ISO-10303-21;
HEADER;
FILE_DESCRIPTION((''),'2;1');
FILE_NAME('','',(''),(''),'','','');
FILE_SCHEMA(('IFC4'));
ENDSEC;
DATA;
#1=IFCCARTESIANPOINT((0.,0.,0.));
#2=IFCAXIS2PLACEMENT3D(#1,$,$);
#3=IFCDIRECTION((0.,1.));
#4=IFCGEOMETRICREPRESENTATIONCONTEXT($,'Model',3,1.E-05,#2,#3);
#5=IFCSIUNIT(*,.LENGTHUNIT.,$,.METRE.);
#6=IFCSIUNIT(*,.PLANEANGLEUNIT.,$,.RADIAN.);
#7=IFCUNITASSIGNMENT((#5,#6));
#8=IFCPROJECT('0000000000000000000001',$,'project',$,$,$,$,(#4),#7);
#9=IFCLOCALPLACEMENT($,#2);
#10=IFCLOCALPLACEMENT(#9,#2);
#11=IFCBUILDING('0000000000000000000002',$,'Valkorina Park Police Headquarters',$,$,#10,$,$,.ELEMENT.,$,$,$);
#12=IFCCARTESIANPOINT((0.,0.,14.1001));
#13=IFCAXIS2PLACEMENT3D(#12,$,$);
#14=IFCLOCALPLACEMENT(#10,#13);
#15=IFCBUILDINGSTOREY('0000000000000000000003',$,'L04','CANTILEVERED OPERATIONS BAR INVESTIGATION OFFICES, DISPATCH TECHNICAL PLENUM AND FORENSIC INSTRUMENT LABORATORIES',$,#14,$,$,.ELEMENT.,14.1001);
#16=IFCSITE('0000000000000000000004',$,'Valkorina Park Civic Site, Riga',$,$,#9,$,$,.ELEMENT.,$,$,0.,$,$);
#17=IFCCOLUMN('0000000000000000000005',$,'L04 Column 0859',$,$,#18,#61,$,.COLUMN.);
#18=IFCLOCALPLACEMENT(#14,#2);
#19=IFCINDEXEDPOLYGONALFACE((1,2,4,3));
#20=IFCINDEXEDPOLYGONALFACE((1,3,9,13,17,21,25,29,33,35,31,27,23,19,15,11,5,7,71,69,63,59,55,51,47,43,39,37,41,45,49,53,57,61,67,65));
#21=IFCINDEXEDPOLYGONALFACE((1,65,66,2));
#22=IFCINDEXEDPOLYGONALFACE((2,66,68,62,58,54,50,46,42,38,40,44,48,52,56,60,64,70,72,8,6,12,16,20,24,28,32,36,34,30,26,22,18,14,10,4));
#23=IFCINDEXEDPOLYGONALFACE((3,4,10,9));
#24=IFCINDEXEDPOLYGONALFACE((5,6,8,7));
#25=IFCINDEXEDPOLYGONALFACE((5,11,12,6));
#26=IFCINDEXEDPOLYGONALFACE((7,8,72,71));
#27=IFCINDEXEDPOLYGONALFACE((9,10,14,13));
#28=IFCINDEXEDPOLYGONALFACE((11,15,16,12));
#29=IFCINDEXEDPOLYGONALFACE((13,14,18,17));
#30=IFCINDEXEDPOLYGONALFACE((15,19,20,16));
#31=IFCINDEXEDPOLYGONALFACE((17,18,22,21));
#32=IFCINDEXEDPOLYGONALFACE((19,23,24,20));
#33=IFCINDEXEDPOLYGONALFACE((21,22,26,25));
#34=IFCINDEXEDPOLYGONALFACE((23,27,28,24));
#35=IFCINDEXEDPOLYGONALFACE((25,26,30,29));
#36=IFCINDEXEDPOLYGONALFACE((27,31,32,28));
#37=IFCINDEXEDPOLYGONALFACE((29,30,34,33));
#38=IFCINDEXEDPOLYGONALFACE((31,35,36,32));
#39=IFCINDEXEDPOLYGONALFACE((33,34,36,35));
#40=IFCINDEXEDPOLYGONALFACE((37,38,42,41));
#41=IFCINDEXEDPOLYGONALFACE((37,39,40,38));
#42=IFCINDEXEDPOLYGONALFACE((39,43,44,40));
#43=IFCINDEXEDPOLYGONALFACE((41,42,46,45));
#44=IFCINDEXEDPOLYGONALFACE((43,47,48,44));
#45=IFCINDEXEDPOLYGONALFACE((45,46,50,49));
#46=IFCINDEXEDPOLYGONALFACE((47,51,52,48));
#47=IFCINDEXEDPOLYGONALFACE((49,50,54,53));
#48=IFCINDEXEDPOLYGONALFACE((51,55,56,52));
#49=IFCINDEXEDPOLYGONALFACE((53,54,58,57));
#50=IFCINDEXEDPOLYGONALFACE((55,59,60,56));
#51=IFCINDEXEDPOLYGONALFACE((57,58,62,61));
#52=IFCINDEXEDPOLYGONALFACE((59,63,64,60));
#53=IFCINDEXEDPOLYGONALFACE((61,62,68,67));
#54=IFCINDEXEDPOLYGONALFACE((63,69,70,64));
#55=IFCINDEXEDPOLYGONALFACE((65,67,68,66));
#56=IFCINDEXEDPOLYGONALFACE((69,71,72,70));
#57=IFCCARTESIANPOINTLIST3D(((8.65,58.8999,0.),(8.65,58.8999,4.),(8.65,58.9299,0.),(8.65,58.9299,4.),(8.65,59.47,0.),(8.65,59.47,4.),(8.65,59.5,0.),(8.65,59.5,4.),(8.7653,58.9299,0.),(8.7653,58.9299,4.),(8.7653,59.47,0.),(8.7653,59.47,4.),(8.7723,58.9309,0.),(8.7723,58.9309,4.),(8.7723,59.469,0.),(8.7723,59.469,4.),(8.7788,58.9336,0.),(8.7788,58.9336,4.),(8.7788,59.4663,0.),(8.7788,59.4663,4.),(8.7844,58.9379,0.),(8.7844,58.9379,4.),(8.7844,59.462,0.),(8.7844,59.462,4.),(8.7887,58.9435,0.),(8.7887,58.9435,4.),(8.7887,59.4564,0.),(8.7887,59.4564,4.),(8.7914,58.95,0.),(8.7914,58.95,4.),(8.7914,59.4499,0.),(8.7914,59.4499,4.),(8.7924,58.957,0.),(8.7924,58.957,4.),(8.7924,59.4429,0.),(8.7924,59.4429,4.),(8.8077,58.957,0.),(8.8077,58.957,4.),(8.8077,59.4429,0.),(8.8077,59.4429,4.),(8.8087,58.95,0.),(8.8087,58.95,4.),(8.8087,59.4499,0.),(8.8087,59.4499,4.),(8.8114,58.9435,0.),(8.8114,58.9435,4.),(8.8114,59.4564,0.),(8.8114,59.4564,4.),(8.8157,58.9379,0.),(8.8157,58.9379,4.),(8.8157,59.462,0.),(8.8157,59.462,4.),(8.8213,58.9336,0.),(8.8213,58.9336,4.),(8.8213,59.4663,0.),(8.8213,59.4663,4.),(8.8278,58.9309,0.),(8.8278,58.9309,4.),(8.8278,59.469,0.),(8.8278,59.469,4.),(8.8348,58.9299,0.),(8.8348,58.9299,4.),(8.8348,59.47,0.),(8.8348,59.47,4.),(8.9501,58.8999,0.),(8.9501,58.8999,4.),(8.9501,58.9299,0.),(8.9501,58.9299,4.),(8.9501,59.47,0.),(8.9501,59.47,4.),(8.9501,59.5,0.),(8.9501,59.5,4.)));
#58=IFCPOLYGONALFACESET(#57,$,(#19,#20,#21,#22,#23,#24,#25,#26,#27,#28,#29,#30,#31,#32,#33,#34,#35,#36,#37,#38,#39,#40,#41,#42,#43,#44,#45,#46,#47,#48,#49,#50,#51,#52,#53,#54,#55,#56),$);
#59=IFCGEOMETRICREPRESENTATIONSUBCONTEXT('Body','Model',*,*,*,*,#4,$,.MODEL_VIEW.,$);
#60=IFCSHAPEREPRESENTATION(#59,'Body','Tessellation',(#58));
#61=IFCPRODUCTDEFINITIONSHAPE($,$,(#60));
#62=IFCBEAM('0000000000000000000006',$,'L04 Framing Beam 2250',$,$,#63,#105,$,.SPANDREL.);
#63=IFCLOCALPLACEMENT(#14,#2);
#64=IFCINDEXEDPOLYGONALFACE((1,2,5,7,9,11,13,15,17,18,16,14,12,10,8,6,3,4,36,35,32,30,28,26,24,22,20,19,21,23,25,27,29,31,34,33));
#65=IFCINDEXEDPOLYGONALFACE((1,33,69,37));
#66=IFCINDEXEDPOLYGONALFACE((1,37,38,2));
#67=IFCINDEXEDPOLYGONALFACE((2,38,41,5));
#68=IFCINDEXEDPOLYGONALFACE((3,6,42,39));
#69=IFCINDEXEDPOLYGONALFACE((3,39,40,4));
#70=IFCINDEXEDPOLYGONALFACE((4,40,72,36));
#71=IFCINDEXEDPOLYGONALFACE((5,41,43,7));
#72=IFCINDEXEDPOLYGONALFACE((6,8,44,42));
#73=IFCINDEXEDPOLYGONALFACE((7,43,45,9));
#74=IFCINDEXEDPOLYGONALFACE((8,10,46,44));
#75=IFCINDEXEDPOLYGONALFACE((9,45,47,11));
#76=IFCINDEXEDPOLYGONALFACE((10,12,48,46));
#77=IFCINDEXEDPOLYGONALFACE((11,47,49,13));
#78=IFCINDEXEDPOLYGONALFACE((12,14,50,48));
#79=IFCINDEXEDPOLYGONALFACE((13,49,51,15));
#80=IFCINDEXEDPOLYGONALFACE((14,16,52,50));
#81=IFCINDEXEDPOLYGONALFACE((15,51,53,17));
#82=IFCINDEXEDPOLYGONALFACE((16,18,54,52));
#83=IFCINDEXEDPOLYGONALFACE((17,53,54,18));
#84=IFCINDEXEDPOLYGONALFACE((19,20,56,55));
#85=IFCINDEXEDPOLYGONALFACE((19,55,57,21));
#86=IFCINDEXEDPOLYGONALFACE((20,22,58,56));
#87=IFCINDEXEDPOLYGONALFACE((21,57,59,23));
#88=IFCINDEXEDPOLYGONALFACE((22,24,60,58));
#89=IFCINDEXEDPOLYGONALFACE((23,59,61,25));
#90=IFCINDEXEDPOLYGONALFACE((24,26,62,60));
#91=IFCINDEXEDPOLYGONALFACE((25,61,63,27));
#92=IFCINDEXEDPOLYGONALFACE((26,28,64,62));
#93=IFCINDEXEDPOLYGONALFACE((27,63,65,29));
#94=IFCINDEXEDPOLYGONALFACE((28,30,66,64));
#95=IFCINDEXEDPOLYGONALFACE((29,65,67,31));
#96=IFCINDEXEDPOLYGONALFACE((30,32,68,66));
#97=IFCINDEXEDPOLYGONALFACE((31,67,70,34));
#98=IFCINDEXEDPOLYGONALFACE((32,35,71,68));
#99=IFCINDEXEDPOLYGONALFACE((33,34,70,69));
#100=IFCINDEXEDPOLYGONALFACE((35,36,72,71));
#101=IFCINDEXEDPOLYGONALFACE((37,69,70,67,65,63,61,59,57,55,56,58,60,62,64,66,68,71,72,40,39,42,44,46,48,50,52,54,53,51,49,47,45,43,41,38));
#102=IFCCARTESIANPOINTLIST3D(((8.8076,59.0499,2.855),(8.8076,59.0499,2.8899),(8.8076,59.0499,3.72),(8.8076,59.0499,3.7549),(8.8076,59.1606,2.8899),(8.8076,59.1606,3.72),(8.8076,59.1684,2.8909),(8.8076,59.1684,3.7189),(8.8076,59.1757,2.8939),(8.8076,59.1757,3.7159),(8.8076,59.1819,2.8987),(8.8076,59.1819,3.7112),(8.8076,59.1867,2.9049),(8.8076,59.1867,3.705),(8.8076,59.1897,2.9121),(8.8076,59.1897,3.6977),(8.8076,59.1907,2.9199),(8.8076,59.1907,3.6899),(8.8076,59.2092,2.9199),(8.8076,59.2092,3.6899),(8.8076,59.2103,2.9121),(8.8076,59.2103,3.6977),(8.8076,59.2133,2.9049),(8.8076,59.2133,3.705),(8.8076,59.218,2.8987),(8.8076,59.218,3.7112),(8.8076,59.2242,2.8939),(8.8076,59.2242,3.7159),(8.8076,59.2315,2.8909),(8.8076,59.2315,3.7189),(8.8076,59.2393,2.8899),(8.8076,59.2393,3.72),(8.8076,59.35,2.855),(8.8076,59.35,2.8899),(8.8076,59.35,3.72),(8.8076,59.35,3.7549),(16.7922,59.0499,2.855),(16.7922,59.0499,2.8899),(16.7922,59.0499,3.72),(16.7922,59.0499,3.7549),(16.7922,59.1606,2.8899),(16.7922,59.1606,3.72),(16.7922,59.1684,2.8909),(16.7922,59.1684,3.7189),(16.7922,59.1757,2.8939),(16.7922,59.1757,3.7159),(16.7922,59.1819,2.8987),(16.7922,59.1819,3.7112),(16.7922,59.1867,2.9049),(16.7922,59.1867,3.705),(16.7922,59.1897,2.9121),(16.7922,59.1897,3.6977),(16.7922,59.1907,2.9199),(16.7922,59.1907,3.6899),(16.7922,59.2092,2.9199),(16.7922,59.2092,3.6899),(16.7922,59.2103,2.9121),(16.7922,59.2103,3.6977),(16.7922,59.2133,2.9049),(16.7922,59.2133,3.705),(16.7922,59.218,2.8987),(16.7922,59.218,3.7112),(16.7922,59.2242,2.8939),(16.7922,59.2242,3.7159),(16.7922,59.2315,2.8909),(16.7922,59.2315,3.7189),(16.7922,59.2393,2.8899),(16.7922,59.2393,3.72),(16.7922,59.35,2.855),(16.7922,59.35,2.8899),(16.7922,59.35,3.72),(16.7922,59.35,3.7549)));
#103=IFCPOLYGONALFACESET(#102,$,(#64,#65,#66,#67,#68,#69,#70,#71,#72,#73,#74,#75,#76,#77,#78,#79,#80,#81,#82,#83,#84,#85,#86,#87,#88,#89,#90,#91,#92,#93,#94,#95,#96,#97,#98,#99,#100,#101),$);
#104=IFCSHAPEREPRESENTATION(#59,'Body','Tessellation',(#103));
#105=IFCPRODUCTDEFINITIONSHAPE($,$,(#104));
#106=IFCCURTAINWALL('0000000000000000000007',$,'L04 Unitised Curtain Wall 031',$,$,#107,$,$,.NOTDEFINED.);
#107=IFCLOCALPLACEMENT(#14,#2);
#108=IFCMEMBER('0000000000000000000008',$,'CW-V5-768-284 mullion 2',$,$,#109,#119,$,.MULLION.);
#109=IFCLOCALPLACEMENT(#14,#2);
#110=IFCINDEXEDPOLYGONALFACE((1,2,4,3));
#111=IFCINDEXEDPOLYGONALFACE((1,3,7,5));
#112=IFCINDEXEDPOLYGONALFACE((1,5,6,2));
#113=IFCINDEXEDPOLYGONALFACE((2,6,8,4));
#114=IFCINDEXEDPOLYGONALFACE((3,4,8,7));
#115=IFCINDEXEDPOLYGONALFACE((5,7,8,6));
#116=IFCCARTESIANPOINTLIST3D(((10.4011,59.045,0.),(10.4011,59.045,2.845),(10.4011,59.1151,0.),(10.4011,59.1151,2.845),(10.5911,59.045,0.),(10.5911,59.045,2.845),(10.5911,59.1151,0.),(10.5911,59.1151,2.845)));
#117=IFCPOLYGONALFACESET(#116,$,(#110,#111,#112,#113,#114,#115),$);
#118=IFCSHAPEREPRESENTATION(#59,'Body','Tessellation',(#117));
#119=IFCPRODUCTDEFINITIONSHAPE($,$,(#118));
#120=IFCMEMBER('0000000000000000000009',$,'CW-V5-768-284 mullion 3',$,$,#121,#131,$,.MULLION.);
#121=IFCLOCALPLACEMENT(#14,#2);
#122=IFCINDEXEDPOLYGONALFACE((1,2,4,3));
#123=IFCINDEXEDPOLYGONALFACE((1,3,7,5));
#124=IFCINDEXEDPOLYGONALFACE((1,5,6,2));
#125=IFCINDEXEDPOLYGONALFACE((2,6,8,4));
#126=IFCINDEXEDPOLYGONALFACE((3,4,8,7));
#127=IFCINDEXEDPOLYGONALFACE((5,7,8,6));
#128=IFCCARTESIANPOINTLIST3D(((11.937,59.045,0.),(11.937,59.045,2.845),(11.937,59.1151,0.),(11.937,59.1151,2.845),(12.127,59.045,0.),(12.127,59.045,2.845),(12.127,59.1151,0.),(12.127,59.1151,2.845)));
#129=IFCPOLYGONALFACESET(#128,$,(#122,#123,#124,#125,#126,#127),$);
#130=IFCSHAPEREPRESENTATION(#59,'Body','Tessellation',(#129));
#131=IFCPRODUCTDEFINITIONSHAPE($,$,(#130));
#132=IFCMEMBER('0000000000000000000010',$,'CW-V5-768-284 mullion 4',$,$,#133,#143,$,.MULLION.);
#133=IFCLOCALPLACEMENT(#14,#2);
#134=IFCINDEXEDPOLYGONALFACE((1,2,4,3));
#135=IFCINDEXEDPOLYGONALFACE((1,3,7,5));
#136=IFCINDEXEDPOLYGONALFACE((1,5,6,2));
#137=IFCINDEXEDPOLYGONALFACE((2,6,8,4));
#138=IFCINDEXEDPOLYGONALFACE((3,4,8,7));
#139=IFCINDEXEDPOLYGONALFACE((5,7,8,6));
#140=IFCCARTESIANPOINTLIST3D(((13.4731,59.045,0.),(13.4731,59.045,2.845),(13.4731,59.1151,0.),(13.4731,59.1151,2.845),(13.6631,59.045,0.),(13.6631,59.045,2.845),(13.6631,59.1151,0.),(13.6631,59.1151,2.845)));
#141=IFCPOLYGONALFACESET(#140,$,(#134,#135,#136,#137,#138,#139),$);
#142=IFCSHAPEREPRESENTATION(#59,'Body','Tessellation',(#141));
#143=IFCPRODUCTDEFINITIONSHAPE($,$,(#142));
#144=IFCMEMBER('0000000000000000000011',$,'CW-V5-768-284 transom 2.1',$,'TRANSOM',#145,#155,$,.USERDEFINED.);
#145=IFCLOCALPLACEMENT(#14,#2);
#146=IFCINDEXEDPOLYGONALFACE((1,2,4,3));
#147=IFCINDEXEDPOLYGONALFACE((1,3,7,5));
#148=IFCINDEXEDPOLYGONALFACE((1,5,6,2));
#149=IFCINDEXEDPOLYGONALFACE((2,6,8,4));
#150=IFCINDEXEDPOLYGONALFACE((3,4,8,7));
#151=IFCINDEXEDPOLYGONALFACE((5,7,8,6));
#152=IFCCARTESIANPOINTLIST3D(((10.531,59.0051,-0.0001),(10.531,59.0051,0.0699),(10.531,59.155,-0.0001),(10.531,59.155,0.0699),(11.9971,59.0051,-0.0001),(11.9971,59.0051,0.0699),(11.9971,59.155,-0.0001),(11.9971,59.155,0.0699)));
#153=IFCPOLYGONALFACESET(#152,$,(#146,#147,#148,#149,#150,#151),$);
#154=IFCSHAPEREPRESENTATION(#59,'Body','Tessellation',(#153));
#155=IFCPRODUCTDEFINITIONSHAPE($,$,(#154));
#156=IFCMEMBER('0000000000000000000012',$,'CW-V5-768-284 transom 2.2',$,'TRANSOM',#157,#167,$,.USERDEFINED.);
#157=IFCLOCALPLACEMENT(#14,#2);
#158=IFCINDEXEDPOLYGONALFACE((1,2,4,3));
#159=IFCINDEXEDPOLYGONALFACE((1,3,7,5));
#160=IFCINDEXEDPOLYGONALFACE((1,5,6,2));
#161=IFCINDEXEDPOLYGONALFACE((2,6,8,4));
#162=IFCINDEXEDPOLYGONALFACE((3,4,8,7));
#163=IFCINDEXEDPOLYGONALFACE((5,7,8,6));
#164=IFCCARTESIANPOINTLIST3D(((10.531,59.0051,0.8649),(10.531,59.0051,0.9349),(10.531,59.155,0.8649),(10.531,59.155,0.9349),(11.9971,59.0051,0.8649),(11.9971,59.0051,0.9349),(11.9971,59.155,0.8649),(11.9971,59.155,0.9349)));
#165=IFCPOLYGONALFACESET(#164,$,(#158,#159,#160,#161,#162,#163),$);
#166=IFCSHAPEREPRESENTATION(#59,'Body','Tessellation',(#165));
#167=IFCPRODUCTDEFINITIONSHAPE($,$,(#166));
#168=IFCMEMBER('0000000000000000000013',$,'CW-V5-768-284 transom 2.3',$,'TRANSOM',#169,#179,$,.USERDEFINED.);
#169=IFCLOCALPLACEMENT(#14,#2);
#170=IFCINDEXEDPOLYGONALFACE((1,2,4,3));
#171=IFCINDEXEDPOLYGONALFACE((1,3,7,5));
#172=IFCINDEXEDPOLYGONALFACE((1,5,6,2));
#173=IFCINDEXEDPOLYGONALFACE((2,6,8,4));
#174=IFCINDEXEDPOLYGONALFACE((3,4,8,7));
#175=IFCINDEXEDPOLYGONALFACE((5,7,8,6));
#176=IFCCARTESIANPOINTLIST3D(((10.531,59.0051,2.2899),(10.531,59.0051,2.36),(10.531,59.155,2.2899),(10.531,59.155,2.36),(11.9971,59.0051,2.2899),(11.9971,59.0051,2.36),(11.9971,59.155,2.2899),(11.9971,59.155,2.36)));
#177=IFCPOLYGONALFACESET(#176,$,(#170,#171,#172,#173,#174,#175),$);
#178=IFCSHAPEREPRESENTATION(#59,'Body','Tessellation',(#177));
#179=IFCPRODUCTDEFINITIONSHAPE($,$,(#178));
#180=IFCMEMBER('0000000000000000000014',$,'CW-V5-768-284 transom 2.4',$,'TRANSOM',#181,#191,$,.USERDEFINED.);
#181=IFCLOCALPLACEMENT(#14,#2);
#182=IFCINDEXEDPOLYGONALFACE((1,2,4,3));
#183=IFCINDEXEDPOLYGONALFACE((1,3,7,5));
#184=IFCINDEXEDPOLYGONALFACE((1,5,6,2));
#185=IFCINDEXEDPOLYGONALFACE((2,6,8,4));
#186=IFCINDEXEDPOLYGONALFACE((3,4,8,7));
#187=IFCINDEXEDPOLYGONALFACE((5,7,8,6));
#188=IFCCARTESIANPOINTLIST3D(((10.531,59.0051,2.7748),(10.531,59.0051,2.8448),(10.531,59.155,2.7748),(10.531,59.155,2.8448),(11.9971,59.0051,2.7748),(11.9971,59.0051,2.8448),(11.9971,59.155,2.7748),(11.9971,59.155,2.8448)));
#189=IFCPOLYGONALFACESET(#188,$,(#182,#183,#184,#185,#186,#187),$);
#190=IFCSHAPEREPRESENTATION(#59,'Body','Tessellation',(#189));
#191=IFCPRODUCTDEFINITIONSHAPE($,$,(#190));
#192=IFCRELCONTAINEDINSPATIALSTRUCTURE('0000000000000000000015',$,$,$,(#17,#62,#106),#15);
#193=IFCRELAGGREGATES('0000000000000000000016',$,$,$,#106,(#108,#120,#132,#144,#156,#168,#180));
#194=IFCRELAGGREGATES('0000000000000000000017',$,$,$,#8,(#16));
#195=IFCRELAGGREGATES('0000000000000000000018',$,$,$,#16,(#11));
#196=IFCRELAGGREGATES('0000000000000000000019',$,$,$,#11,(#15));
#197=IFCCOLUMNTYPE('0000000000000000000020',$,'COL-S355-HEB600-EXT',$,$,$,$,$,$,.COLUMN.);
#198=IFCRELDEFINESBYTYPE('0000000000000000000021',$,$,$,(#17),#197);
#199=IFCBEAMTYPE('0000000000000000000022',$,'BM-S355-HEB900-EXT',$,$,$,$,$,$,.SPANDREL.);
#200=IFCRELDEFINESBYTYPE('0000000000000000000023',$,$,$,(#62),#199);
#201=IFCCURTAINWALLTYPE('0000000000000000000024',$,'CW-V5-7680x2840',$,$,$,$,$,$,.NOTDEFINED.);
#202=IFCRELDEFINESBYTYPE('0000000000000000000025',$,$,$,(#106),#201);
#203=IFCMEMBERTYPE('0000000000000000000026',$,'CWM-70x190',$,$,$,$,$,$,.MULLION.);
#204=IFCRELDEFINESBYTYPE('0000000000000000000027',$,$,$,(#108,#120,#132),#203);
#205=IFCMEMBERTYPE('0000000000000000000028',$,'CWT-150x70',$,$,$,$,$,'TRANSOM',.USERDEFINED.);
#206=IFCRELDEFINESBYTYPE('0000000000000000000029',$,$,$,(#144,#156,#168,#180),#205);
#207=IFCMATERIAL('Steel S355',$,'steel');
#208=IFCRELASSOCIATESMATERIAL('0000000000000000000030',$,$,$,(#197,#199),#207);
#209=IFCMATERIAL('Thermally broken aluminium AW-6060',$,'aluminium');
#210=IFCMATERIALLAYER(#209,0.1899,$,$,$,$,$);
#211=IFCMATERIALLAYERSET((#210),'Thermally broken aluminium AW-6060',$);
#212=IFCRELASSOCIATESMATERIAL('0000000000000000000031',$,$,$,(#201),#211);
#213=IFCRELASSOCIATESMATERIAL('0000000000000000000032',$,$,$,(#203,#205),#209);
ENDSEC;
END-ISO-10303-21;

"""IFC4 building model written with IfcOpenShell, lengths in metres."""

from ifc_helpers import new_model, si_unit, direction, frame, origin, origin_2d, place, context, subcontext, project, spatial, rectangle, i_section, extrude, material, layer, layer_set, material_profile, profile_set, type_object, element, aggregate, save


model = new_model("IFC4")

# Units and contexts
model_context = context("Model", 3, precision=1e-05, world=origin(), true_north=direction((0.0, 1.0)))
body_context = subcontext(model_context, "Body", "Model", "MODEL_VIEW")
ifc_project = project(units=[si_unit("LENGTHUNIT", "METRE"), si_unit("PLANEANGLEUNIT", "RADIAN")], contexts=[model_context])

# Site, building, storey
site_placement = place(None, origin())
site = spatial("IfcSite", under=ifc_project, at=site_placement, Name="Valkorina Park Civic Site, Riga", CompositionType="ELEMENT", RefElevation=0.0)
building_placement = place(site_placement, origin())
building = spatial("IfcBuilding", under=site, at=building_placement, Name="Valkorina Park Police Headquarters", CompositionType="ELEMENT")
storey_placement = place(building_placement, frame((0.0, 0.0, 14.1001)))
storey = spatial("IfcBuildingStorey", under=building, at=storey_placement, Name="L04", Description="CANTILEVERED OPERATIONS BAR INVESTIGATION OFFICES, DISPATCH TECHNICAL PLENUM AND FORENSIC INSTRUMENT LABORATORIES", CompositionType="ELEMENT", Elevation=14.1001)

# Column
ifc_material_1 = material(Name="Steel S355", Category="steel")
ifc_material_profile_1 = material_profile(ifc_material_1, i_section(OverallWidth=0.3, OverallDepth=0.6001, WebThickness=0.0154, FlangeThickness=0.03, FilletRadius=0.0271, at=origin_2d()), Name="HEB 600")
ifc_profile_set_1 = profile_set([ifc_material_profile_1], Name="Steel S355")
column_type = type_object("IfcColumnType", Name="COL-S355-HEB600-EXT", PredefinedType="COLUMN", material=ifc_profile_set_1)
column_placement = place(storey_placement, frame((8.8, 59.2, 0.0), z_axis=(0.0, 0.0, 1.0), x_axis=(1.0, 0.0, 0.0)))
element("IfcColumn", 1, at=column_placement, inside=storey, type_object=column_type, Name="L04 Column 0859", PredefinedType="COLUMN", context=body_context, shape_type="SweptSolid", body=[
    extrude(i_section(OverallWidth=0.3, OverallDepth=0.6001, WebThickness=0.0154, FlangeThickness=0.03, FilletRadius=0.0271, at=origin_2d()), origin(), (0.0, 0.0, 1.0), 4.0),
])

# Beam
ifc_material_profile_2 = material_profile(ifc_material_1, i_section(OverallWidth=0.3, OverallDepth=0.8999, WebThickness=0.0186, FlangeThickness=0.0349, FilletRadius=0.03, at=origin_2d()), Name="HEB 900")
ifc_profile_set_2 = profile_set([ifc_material_profile_2], Name="Steel S355")
beam_type = type_object("IfcBeamType", Name="BM-S355-HEB900-EXT", PredefinedType="SPANDREL", material=ifc_profile_set_2)
beam_placement = place(storey_placement, frame((8.8076, 59.2, 3.3049), z_axis=(1.0, 0.0, 0.0), x_axis=(0.0, 1.0, 0.0)))
element("IfcBeam", 2, at=beam_placement, inside=storey, type_object=beam_type, Name="L04 Framing Beam 2250", PredefinedType="SPANDREL", context=body_context, shape_type="SweptSolid", body=[
    extrude(i_section(OverallWidth=0.3, OverallDepth=0.8999, WebThickness=0.0186, FlangeThickness=0.0349, FilletRadius=0.03, at=origin_2d()), origin(), (0.0, 0.0, 1.0), 7.9846),
])

# Curtain wall, members
ifc_material_2 = material(Name="Thermally broken aluminium AW-6060", Category="aluminium")
ifc_layer_1 = layer(ifc_material_2, 0.1899)
ifc_layer_set_1 = layer_set([ifc_layer_1], Name="Thermally broken aluminium AW-6060")
curtain_wall_type = type_object("IfcCurtainWallType", Name="CW-V5-7680x2840", PredefinedType="NOTDEFINED", material=ifc_layer_set_1)
curtain_wall_placement = place(storey_placement, origin())
curtain_wall = element("IfcCurtainWall", 3, at=curtain_wall_placement, inside=storey, type_object=curtain_wall_type, Name="L04 Unitised Curtain Wall 031", PredefinedType="NOTDEFINED")
ifc_material_profile_3 = material_profile(ifc_material_2, rectangle(XDim=0.0701, YDim=0.1899, at=origin_2d()), Name="CWM-02 70x190")
ifc_profile_set_3 = profile_set([ifc_material_profile_3], Name="Thermally broken aluminium AW-6060")
member_type_1 = type_object("IfcMemberType", Name="CWM-70x190", PredefinedType="MULLION", material=ifc_profile_set_3)
member_1_placement = place(storey_placement, frame((10.4961, 59.0801, 0.0), z_axis=(0.0, 0.0, 1.0), x_axis=(0.0, 1.0, 0.0)))
member_1 = element("IfcMember", 4, at=member_1_placement, type_object=member_type_1, Name="CW-V5-768-284 mullion 2", PredefinedType="MULLION", context=body_context, shape_type="SweptSolid", body=[
    extrude(rectangle(XDim=0.0701, YDim=0.1899, at=origin_2d()), origin(), (0.0, 0.0, 1.0), 2.845),
])
member_2_placement = place(storey_placement, frame((12.032, 59.0801, 0.0), z_axis=(0.0, 0.0, 1.0), x_axis=(0.0, 1.0, 0.0)))
member_2 = element("IfcMember", 5, at=member_2_placement, type_object=member_type_1, Name="CW-V5-768-284 mullion 3", PredefinedType="MULLION", context=body_context, shape_type="SweptSolid", body=[
    extrude(rectangle(XDim=0.0701, YDim=0.1899, at=origin_2d()), origin(), (0.0, 0.0, 1.0), 2.845),
])
member_3_placement = place(storey_placement, frame((13.5681, 59.0801, 0.0), z_axis=(0.0, 0.0, 1.0), x_axis=(0.0, 1.0, 0.0)))
member_3 = element("IfcMember", 6, at=member_3_placement, type_object=member_type_1, Name="CW-V5-768-284 mullion 4", PredefinedType="MULLION", context=body_context, shape_type="SweptSolid", body=[
    extrude(rectangle(XDim=0.0701, YDim=0.1899, at=origin_2d()), origin(), (0.0, 0.0, 1.0), 2.845),
])
ifc_material_profile_4 = material_profile(ifc_material_2, rectangle(XDim=0.1499, YDim=0.0701, at=origin_2d()), Name="CWT-02 150x70")
ifc_profile_set_4 = profile_set([ifc_material_profile_4], Name="Thermally broken aluminium AW-6060")
member_type_2 = type_object("IfcMemberType", Name="CWT-150x70", ElementType="TRANSOM", PredefinedType="USERDEFINED", material=ifc_profile_set_4)
member_4_placement = place(storey_placement, frame((10.531, 59.0801, 0.0349), z_axis=(1.0, 0.0, 0.0), x_axis=(0.0, 1.0, 0.0)))
member_4 = element("IfcMember", 7, at=member_4_placement, type_object=member_type_2, Name="CW-V5-768-284 transom 2.1", ObjectType="TRANSOM", PredefinedType="USERDEFINED", context=body_context, shape_type="SweptSolid", body=[
    extrude(rectangle(XDim=0.1499, YDim=0.0701, at=origin_2d()), origin(), (0.0, 0.0, 1.0), 1.4661),
])
member_5_placement = place(storey_placement, frame((10.531, 59.0801, 0.8999), z_axis=(1.0, 0.0, 0.0), x_axis=(0.0, 1.0, 0.0)))
member_5 = element("IfcMember", 8, at=member_5_placement, type_object=member_type_2, Name="CW-V5-768-284 transom 2.2", ObjectType="TRANSOM", PredefinedType="USERDEFINED", context=body_context, shape_type="SweptSolid", body=[
    extrude(rectangle(XDim=0.1499, YDim=0.0701, at=origin_2d()), origin(), (0.0, 0.0, 1.0), 1.4661),
])
member_6_placement = place(storey_placement, frame((10.531, 59.0801, 2.325), z_axis=(1.0, 0.0, 0.0), x_axis=(0.0, 1.0, 0.0)))
member_6 = element("IfcMember", 9, at=member_6_placement, type_object=member_type_2, Name="CW-V5-768-284 transom 2.3", ObjectType="TRANSOM", PredefinedType="USERDEFINED", context=body_context, shape_type="SweptSolid", body=[
    extrude(rectangle(XDim=0.1499, YDim=0.0701, at=origin_2d()), origin(), (0.0, 0.0, 1.0), 1.4661),
])
member_7_placement = place(storey_placement, frame((10.531, 59.0801, 2.8098), z_axis=(1.0, 0.0, 0.0), x_axis=(0.0, 1.0, 0.0)))
member_7 = element("IfcMember", 10, at=member_7_placement, type_object=member_type_2, Name="CW-V5-768-284 transom 2.4", ObjectType="TRANSOM", PredefinedType="USERDEFINED", context=body_context, shape_type="SweptSolid", body=[
    extrude(rectangle(XDim=0.1499, YDim=0.0701, at=origin_2d()), origin(), (0.0, 0.0, 1.0), 1.4661),
])
aggregate(curtain_wall, [member_1, member_2, member_3, member_4, member_5, member_6, member_7])

save(model, "model.ifc")
